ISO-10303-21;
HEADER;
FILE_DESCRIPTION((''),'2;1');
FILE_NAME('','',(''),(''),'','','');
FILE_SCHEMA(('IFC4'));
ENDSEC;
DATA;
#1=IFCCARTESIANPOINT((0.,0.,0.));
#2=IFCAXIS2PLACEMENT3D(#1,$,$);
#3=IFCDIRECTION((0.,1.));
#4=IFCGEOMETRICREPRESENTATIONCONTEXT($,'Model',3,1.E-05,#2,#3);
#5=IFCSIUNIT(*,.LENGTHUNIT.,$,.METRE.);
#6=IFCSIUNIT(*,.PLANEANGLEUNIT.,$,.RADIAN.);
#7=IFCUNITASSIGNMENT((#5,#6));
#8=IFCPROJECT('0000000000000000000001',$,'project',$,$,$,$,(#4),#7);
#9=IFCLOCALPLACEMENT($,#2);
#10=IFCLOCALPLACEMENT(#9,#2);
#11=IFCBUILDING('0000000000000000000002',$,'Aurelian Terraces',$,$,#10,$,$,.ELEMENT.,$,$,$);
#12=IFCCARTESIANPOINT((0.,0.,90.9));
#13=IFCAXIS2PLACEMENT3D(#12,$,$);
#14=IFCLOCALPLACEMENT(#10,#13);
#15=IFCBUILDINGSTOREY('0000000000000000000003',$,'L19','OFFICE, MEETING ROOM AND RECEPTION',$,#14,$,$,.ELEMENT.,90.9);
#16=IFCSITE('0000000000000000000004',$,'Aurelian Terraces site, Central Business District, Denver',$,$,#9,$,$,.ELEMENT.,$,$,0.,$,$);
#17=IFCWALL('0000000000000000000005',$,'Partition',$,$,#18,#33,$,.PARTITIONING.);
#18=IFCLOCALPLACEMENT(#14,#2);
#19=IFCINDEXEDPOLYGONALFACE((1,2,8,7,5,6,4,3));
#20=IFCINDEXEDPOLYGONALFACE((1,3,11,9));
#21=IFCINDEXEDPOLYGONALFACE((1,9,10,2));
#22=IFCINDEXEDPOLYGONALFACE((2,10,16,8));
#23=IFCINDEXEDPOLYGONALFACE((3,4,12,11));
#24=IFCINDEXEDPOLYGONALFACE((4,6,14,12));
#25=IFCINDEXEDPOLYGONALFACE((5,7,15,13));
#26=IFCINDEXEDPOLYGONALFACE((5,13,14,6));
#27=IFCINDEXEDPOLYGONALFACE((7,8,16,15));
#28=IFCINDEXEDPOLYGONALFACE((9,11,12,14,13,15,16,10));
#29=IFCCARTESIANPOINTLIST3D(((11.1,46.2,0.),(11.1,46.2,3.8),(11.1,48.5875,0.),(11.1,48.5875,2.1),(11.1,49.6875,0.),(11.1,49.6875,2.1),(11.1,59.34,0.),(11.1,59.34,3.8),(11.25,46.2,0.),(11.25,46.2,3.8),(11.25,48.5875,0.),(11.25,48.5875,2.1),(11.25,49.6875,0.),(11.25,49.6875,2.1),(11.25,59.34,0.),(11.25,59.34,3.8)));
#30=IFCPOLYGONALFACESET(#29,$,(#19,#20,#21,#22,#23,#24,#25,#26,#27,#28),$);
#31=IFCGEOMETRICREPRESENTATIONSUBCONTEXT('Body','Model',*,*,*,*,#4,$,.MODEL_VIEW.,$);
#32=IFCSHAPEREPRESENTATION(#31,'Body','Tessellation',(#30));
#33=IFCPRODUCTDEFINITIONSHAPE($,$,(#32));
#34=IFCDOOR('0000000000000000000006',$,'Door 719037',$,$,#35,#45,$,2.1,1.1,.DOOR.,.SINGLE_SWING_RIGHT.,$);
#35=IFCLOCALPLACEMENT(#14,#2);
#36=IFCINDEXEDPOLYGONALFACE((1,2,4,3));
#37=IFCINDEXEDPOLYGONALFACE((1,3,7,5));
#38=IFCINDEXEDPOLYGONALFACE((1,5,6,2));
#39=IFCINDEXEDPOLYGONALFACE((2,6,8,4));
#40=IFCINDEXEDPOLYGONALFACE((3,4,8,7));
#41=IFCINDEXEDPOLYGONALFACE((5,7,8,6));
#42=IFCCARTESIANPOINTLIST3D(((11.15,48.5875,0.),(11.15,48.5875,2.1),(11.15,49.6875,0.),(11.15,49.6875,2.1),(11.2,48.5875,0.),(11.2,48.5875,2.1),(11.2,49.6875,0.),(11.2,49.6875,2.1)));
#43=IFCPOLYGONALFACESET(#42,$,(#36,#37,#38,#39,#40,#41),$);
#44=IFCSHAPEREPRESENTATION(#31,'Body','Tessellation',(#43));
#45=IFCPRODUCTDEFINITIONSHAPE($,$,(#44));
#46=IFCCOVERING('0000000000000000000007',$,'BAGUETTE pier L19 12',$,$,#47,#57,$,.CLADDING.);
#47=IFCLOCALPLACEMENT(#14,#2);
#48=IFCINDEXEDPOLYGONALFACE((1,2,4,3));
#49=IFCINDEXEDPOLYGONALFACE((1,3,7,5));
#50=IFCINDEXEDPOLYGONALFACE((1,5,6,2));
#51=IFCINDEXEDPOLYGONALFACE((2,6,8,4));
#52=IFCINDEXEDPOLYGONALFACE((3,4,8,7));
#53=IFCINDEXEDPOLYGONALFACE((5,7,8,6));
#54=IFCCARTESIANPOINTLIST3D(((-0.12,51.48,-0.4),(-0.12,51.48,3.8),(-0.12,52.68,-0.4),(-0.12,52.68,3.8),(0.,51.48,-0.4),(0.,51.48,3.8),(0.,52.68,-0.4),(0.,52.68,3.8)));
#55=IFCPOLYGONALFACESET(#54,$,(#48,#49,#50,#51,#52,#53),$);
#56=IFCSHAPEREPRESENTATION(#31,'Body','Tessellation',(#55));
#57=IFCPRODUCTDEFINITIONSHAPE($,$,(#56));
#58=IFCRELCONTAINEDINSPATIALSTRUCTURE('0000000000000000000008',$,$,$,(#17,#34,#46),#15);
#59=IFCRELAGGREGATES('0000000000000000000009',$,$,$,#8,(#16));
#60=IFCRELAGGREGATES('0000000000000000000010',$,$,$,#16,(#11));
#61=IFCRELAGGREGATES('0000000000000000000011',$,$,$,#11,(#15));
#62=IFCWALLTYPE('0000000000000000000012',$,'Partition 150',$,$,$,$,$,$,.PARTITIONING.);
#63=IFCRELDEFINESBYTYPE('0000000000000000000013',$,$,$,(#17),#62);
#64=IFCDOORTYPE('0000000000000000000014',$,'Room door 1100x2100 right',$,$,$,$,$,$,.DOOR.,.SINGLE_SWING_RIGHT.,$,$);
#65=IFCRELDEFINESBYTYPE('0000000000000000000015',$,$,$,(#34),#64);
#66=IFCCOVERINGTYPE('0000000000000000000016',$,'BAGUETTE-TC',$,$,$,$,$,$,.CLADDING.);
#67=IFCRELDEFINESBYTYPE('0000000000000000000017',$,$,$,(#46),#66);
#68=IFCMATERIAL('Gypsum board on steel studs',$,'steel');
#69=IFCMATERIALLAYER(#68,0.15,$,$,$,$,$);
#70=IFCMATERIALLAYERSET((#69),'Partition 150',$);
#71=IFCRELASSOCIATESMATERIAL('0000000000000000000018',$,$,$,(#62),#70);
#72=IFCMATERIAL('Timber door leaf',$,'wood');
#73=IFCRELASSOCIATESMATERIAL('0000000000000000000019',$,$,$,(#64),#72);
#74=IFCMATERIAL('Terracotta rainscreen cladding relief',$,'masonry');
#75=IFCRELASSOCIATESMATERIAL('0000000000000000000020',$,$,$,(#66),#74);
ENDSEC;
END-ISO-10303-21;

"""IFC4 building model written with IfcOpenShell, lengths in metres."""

from ifc_helpers import new_model, si_unit, direction, frame, frame_2d, origin, origin_2d, place, context, subcontext, project, spatial, rectangle, extrude, source, transform, mapped, material, layer, layer_set, type_object, element, fill, save


model = new_model("IFC4")

# Units and contexts
model_context = context("Model", 3, precision=1e-05, world=origin(), true_north=direction((0.0, 1.0)))
body_context = subcontext(model_context, "Body", "Model", "MODEL_VIEW")
ifc_project = project(units=[si_unit("LENGTHUNIT", "METRE"), si_unit("PLANEANGLEUNIT", "RADIAN")], contexts=[model_context])

# Site, building, storey
site_placement = place(None, origin())
site = spatial("IfcSite", under=ifc_project, at=site_placement, Name="Aurelian Terraces site, Central Business District, Denver", CompositionType="ELEMENT", RefElevation=0.0)
building_placement = place(site_placement, origin())
building = spatial("IfcBuilding", under=site, at=building_placement, Name="Aurelian Terraces", CompositionType="ELEMENT")
storey_placement = place(building_placement, frame((0.0, 0.0, 90.9)))
storey = spatial("IfcBuildingStorey", under=building, at=storey_placement, Name="L19", Description="OFFICE, MEETING ROOM AND RECEPTION", CompositionType="ELEMENT", Elevation=90.9)

# Wall, opening, door
ifc_material_1 = material(Name="Gypsum board on steel studs", Category="steel")
ifc_layer_1 = layer(ifc_material_1, 0.15)
ifc_layer_set_1 = layer_set([ifc_layer_1], Name="Partition 150")
wall_type_1 = type_object("IfcWallType", Name="Partition 150", PredefinedType="PARTITIONING", material=ifc_layer_set_1)
shared_shape_1 = source(origin(), body_context, "Body", "SweptSolid", [
    extrude(rectangle(XDim=13.14, YDim=0.15, at=frame_2d((6.57, 0.0))), origin(), (0.0, 0.0, 1.0), 3.8),
])
wall_1_placement = place(storey_placement, frame((11.175, 46.2, 0.0), z_axis=(0.0, 0.0, 1.0), x_axis=(0.0, 1.0, 0.0)))
wall_1 = element("IfcWall", 1, at=wall_1_placement, inside=storey, type_object=wall_type_1, Name="Partition", PredefinedType="PARTITIONING", context=body_context, shape_type="MappedRepresentation", body=[
    mapped(shared_shape_1, transform((0.0, 0.0, 0.0), scale=1.0)),
])
shared_shape_2 = source(origin(), body_context, "Body", "SweptSolid", [
    extrude(rectangle(XDim=1.1, YDim=2.1, at=frame_2d((0.55, 1.05))), frame((0.0, 0.085, 0.0), z_axis=(0.0, -1.0, 0.0), x_axis=(1.0, 0.0, 0.0)), (0.0, 0.0, 1.0), 0.17),
])
opening_1_placement = place(wall_1_placement, frame((2.3875, 0.0, 0.0)))
opening_1 = element("IfcOpeningElement", 2, at=opening_1_placement, cuts=wall_1, PredefinedType="OPENING", context=body_context, shape_type="MappedRepresentation", body=[
    mapped(shared_shape_2, transform((0.0, 0.0, 0.0), scale=1.0)),
])
ifc_material_2 = material(Name="Timber door leaf", Category="wood")
door_type = type_object("IfcDoorType", Name="Room door 1100x2100 right", OperationType="SINGLE_SWING_RIGHT", PredefinedType="DOOR", material=ifc_material_2)
shared_shape_3 = source(origin(), body_context, "Body", "SweptSolid", [
    extrude(rectangle(XDim=1.1, YDim=2.1, at=frame_2d((0.55, 1.05))), frame((0.0, 0.025, 0.0), z_axis=(0.0, -1.0, 0.0), x_axis=(1.0, 0.0, 0.0)), (0.0, 0.0, 1.0), 0.05),
])
door_placement = place(opening_1_placement, origin())
door = element("IfcDoor", 3, at=door_placement, inside=storey, type_object=door_type, Name="Door 719037", OperationType="SINGLE_SWING_RIGHT", OverallHeight=2.1, OverallWidth=1.1, PredefinedType="DOOR", context=body_context, shape_type="MappedRepresentation", body=[
    mapped(shared_shape_3, transform((0.0, 0.0, 0.0), scale=1.0)),
])
fill(opening_1, door)

# Covering
ifc_material_3 = material(Name="Terracotta rainscreen cladding relief", Category="masonry")
covering_type = type_object("IfcCoveringType", Name="BAGUETTE-TC", PredefinedType="CLADDING", material=ifc_material_3)
shared_shape_4 = source(origin(), body_context, "Body", "SweptSolid", [
    extrude(rectangle(XDim=0.12, YDim=1.2, at=origin_2d()), origin(), (0.0, 0.0, 1.0), 4.2),
])
covering_placement = place(storey_placement, frame((-0.06, 52.08, -0.4), z_axis=(0.0, 0.0, 1.0), x_axis=(1.0, 0.0, 0.0)))
element("IfcCovering", 4, at=covering_placement, inside=storey, type_object=covering_type, Name="BAGUETTE pier L19 12", PredefinedType="CLADDING", context=body_context, shape_type="MappedRepresentation", body=[
    mapped(shared_shape_4, transform((0.0, 0.0, 0.0), scale=1.0)),
])

save(model, "model.ifc")
